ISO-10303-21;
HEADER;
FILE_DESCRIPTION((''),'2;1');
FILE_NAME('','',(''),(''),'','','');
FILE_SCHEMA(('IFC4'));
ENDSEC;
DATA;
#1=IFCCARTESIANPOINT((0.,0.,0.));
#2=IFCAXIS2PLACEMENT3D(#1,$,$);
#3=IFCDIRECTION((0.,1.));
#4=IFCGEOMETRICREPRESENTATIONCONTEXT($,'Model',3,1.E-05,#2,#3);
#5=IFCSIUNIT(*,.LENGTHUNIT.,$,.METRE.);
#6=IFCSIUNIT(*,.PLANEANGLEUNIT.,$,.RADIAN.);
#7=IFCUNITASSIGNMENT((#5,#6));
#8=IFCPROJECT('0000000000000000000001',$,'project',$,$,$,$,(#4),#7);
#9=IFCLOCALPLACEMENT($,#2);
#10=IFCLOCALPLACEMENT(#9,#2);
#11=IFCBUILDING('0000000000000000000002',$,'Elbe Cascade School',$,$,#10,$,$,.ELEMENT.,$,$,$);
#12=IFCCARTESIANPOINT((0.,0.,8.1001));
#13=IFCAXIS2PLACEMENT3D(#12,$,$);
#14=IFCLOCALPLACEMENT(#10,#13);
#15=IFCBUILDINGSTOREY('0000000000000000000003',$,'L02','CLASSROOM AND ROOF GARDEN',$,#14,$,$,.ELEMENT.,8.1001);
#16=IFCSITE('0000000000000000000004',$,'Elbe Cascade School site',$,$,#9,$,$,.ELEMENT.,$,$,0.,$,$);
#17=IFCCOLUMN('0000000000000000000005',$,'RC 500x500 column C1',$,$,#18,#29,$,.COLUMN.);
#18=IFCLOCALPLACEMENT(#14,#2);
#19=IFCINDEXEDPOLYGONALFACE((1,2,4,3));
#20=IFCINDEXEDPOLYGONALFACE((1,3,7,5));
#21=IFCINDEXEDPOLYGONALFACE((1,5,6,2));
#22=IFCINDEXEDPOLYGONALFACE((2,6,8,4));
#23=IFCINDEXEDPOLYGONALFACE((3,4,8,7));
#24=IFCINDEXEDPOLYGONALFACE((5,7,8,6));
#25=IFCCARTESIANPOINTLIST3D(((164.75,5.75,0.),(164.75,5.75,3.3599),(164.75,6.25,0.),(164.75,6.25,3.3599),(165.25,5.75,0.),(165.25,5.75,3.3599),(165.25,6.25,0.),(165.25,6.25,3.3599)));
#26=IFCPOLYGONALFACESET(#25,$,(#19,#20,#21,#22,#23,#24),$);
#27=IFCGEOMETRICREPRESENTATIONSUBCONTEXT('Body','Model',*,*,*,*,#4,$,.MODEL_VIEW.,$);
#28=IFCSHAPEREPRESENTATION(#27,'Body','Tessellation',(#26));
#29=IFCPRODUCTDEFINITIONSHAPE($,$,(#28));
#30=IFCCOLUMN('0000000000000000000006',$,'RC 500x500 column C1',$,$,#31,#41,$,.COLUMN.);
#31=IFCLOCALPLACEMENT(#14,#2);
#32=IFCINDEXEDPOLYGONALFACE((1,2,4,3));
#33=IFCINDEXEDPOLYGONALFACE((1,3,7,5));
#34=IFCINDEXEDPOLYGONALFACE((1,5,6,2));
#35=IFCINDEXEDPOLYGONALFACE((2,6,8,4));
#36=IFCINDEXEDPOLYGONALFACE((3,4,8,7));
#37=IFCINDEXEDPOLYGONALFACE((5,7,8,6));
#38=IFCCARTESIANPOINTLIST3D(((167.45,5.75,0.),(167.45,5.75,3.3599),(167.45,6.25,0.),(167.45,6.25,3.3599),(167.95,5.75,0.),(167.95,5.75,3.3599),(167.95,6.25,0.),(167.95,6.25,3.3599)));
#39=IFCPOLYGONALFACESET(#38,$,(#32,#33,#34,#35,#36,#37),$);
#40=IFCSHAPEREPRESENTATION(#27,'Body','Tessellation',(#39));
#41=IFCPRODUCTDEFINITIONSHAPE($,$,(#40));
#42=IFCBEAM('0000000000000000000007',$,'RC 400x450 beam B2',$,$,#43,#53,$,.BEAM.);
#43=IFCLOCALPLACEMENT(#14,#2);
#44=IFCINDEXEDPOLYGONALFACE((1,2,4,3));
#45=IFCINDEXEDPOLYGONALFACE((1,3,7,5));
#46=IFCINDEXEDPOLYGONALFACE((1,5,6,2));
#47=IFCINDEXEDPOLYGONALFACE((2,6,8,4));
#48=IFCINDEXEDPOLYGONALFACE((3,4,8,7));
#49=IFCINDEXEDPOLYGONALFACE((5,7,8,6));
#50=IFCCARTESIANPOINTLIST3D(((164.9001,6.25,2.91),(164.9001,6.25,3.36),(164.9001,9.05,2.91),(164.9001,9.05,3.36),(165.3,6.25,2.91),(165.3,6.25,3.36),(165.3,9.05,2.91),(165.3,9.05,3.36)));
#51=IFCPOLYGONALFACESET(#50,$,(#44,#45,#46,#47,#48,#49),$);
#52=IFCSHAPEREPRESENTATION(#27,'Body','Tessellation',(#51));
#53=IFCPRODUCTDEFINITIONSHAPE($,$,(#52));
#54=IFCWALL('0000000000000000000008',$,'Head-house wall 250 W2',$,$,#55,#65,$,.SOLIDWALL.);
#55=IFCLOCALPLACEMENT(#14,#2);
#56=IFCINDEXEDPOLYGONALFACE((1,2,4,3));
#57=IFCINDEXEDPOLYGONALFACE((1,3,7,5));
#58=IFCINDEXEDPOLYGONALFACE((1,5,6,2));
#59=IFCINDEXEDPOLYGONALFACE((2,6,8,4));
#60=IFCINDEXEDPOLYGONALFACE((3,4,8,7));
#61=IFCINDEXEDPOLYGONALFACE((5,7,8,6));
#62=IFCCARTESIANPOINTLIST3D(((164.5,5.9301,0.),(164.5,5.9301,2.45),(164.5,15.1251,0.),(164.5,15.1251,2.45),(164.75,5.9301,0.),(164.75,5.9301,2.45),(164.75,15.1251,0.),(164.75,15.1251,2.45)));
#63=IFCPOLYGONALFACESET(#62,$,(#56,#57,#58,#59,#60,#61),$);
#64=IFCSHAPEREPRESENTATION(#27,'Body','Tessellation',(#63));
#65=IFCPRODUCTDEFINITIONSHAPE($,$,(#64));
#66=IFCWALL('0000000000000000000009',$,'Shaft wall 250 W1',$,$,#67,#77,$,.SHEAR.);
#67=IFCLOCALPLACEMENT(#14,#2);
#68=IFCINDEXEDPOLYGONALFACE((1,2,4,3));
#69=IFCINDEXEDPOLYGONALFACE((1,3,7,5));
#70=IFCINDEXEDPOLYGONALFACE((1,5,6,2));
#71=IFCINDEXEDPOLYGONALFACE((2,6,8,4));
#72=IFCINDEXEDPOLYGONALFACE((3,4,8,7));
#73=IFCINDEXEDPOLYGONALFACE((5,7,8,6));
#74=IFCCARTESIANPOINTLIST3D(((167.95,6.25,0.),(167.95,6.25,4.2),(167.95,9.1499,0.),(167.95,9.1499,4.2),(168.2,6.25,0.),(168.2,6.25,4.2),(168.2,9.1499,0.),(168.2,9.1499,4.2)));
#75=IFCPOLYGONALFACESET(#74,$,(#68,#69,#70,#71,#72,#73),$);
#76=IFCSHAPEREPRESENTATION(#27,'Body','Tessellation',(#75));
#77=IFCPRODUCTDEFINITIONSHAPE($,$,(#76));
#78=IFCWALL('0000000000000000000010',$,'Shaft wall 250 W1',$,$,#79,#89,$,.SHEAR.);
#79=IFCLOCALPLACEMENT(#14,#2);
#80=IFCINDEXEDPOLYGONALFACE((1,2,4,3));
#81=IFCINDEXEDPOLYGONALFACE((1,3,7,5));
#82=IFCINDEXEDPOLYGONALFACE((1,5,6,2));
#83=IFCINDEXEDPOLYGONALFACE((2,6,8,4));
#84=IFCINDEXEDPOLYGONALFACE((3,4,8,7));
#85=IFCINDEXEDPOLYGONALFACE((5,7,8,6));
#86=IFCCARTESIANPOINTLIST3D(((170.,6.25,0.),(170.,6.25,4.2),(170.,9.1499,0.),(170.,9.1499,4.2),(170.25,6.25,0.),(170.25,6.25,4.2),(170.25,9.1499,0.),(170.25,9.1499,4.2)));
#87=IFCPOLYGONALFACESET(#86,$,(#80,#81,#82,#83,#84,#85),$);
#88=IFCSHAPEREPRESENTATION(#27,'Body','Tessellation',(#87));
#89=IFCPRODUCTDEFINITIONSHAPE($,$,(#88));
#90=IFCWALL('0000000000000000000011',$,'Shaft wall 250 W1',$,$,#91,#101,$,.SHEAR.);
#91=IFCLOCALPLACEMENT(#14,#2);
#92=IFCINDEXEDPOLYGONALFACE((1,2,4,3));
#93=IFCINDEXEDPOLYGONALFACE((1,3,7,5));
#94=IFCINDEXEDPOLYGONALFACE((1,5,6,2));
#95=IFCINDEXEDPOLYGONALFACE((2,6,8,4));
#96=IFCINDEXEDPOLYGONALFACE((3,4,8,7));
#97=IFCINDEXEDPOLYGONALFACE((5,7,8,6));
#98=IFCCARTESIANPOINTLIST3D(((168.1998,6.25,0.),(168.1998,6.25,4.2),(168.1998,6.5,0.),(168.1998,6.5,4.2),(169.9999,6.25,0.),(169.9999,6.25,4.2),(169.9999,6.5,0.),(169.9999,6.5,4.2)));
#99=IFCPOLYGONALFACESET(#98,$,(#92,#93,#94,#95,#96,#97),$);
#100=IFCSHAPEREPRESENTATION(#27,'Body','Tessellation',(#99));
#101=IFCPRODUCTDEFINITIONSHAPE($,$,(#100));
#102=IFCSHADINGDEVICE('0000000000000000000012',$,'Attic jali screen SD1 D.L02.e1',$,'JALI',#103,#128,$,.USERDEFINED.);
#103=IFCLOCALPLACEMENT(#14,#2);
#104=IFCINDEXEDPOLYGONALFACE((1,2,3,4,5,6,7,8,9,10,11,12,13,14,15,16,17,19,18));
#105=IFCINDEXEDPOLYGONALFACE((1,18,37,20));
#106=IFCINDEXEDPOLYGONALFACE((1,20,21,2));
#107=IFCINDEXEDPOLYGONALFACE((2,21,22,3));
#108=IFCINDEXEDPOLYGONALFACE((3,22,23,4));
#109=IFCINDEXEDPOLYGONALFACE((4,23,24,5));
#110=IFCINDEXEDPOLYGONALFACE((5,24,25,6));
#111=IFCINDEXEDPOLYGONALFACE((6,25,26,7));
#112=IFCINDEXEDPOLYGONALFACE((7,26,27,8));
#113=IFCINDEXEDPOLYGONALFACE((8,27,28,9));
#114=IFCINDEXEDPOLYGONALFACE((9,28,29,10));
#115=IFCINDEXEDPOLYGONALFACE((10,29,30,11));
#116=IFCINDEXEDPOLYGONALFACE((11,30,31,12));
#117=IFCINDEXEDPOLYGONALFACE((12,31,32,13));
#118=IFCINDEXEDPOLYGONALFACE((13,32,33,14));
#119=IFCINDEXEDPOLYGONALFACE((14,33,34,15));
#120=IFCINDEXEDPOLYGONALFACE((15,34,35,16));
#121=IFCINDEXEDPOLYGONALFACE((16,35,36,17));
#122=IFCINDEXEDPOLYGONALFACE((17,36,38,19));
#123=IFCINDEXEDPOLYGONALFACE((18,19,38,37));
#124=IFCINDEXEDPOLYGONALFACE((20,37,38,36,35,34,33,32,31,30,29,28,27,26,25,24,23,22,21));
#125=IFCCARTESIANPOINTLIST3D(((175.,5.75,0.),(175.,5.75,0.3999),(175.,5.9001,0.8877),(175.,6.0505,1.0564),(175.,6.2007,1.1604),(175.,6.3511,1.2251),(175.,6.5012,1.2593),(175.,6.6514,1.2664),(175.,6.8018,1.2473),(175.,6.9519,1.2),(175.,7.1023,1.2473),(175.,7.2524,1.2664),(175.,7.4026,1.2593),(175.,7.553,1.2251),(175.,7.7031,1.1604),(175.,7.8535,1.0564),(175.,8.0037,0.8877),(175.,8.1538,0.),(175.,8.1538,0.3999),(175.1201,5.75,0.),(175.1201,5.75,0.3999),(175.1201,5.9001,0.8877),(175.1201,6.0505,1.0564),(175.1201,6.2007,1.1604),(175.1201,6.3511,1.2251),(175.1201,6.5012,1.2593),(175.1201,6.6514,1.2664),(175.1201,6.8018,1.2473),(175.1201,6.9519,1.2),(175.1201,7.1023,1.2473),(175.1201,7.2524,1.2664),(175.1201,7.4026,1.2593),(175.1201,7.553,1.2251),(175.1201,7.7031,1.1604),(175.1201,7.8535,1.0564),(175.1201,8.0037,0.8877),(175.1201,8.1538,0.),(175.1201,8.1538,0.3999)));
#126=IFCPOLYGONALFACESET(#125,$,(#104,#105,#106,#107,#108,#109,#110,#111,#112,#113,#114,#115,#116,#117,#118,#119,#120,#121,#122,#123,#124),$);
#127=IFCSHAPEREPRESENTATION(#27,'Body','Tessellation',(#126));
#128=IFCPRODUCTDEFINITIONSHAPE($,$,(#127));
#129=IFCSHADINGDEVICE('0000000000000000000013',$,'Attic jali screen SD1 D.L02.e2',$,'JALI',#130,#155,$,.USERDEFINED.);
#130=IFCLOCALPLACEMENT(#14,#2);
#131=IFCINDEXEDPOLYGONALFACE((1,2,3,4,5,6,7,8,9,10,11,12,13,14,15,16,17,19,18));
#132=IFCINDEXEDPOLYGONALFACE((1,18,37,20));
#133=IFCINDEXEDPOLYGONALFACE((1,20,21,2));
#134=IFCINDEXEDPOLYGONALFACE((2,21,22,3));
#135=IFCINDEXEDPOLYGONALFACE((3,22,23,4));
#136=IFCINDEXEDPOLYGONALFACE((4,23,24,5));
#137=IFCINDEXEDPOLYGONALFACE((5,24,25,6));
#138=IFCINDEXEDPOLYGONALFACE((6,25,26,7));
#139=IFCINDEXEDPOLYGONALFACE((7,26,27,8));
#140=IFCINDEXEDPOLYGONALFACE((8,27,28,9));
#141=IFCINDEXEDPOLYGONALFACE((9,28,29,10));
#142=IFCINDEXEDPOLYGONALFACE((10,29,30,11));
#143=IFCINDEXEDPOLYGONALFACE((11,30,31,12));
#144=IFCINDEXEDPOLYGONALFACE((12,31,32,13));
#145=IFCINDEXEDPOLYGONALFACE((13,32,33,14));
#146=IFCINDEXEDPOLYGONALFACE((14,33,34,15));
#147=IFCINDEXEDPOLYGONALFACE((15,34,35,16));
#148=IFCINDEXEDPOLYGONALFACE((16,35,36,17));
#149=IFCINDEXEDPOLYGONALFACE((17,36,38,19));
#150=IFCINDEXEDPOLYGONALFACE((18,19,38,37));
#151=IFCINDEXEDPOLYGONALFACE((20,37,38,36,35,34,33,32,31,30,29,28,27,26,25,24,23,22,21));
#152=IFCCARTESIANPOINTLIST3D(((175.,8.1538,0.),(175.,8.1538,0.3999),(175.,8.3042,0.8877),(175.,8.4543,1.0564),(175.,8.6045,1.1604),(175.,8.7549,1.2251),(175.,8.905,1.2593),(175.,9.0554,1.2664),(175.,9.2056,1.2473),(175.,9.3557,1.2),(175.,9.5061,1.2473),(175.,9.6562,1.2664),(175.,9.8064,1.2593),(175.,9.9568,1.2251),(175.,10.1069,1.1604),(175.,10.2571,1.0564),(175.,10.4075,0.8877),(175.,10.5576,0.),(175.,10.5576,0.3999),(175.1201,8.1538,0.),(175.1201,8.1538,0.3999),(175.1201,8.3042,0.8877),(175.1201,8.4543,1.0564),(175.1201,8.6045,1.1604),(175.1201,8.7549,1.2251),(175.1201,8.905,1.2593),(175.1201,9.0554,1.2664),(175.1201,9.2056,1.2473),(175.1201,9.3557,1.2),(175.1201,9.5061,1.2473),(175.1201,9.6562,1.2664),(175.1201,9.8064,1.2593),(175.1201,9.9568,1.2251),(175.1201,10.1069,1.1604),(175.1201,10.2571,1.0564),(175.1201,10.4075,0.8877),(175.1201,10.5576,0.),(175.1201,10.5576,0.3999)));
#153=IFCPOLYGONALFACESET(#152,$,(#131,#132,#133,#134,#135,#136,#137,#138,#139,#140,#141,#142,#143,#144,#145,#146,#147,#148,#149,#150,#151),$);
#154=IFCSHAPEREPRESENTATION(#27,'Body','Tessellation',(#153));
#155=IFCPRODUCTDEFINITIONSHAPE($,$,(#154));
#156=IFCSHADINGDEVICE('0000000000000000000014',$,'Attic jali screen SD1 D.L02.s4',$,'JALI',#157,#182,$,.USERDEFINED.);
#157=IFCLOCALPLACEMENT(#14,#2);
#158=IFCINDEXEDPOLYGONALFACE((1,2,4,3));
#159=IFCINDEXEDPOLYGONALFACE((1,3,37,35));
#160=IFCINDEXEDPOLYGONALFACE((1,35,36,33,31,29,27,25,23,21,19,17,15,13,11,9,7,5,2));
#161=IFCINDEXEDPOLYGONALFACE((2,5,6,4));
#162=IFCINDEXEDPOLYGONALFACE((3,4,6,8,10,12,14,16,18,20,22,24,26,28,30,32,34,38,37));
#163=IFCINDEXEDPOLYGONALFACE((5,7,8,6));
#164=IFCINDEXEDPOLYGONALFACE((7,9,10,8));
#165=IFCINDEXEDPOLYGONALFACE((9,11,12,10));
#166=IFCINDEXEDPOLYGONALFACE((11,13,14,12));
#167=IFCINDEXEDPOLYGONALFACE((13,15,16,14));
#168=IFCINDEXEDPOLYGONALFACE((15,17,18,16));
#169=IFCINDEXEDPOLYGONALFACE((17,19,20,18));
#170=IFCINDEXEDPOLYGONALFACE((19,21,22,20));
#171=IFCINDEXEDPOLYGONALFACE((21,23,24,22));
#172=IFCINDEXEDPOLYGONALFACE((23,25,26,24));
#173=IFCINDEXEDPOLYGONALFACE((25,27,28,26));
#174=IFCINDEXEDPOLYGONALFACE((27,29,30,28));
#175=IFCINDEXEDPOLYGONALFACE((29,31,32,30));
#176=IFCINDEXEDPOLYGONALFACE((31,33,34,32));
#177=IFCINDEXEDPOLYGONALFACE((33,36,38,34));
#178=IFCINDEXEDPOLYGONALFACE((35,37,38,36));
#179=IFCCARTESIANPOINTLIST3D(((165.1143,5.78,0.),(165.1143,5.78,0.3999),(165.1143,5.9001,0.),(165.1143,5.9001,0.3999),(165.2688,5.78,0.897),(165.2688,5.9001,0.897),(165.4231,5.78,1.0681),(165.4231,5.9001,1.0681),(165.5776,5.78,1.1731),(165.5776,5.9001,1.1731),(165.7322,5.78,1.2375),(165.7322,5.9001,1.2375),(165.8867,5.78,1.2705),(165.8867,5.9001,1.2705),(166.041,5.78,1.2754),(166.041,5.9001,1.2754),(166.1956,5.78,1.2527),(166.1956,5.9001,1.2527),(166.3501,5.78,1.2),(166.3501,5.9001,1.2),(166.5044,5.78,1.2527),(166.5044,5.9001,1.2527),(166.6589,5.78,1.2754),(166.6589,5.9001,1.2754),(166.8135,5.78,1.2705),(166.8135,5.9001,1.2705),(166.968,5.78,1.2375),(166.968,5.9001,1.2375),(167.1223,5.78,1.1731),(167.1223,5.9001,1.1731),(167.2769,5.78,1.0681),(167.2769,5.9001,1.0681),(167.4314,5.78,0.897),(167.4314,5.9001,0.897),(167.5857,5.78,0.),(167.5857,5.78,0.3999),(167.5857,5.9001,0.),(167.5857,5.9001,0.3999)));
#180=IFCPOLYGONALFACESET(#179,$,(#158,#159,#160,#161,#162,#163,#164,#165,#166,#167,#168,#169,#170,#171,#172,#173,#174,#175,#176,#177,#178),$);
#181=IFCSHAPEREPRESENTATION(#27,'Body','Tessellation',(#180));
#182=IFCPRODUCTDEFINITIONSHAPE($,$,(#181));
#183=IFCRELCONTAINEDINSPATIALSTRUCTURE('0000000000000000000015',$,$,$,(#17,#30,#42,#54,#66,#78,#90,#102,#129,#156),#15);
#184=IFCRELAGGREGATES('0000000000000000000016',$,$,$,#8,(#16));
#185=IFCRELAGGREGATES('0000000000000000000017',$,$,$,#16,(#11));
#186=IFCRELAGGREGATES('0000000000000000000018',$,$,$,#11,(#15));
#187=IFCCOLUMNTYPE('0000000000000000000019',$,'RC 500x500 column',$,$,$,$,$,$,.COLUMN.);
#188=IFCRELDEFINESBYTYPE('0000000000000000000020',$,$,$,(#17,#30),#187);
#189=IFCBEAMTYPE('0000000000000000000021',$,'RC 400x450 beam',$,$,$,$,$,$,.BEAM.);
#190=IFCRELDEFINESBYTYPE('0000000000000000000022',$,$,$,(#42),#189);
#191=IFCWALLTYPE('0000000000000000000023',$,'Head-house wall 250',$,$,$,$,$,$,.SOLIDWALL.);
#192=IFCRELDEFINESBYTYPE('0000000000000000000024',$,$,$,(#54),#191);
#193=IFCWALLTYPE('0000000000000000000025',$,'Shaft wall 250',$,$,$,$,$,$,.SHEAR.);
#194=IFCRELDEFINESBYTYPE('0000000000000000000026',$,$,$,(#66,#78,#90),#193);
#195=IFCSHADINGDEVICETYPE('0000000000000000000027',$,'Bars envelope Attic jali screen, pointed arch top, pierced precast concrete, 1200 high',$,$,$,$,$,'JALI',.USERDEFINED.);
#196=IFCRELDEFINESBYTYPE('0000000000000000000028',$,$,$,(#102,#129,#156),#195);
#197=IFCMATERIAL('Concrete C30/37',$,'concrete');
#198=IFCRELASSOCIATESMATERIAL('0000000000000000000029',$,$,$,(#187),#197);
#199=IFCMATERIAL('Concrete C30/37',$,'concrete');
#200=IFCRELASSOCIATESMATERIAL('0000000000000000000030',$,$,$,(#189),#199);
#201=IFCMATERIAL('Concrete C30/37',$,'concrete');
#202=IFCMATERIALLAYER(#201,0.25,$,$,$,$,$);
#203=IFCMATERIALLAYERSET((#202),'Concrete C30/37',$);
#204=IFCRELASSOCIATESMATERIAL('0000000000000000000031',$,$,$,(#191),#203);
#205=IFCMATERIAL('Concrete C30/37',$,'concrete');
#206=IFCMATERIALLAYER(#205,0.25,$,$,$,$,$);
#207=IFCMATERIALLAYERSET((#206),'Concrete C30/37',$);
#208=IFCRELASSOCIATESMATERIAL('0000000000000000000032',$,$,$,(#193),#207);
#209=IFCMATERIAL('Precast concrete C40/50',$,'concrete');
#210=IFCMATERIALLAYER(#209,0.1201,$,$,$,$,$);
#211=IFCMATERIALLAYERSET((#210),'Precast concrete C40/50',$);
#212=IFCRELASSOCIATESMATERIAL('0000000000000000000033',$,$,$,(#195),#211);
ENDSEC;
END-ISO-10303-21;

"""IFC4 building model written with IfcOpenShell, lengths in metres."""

from ifc_helpers import new_model, si_unit, direction, frame, frame_2d, origin, origin_2d, place, context, subcontext, project, spatial, polyline, rectangle, outline, extrude, material, layer, layer_set, material_profile, profile_set, type_object, element, save


model = new_model("IFC4")

# Units and contexts
model_context = context("Model", 3, precision=1e-05, world=origin(), true_north=direction((0.0, 1.0)))
body_context = subcontext(model_context, "Body", "Model", "MODEL_VIEW")
ifc_project = project(units=[si_unit("LENGTHUNIT", "METRE"), si_unit("PLANEANGLEUNIT", "RADIAN")], contexts=[model_context])

# Site, building, storey
site_placement = place(None, origin())
site = spatial("IfcSite", under=ifc_project, at=site_placement, Name="Elbe Cascade School site", CompositionType="ELEMENT", RefElevation=0.0)
building_placement = place(site_placement, origin())
building = spatial("IfcBuilding", under=site, at=building_placement, Name="Elbe Cascade School", CompositionType="ELEMENT")
storey_placement = place(building_placement, frame((0.0, 0.0, 8.1001)))
storey = spatial("IfcBuildingStorey", under=building, at=storey_placement, Name="L02", Description="CLASSROOM AND ROOF GARDEN", CompositionType="ELEMENT", Elevation=8.1001)

# Columns
ifc_material_1 = material(Name="Concrete C30/37", Category="concrete")
ifc_material_profile_1 = material_profile(ifc_material_1, rectangle(XDim=0.5, YDim=0.5, at=origin_2d()), Name="RC 500x500")
ifc_profile_set_1 = profile_set([ifc_material_profile_1], Name="Concrete C30/37")
column_type = type_object("IfcColumnType", Name="RC 500x500 column", PredefinedType="COLUMN", material=ifc_profile_set_1)
for number, where, z_axis, x_axis, name in (
    (1, (165.0, 6.0, 0.0), (0.0, 0.0, 1.0), (1.0, 0.0, 0.0), "RC 500x500 column C1"),
    (2, (167.7, 6.0, 0.0), (0.0, 0.0, 1.0), (1.0, 0.0, 0.0), "RC 500x500 column C1"),
):
    element("IfcColumn", number, at=place(storey_placement, frame(where, z_axis=z_axis, x_axis=x_axis)), inside=storey, type_object=column_type, Name=name, PredefinedType="COLUMN", context=body_context, shape_type="SweptSolid", body=[
        extrude(rectangle(XDim=0.5, YDim=0.5, at=origin_2d()), origin(), (0.0, 0.0, 1.0), 3.3599),
    ])

# Beam
ifc_material_2 = material(Name="Concrete C30/37", Category="concrete")
ifc_material_profile_2 = material_profile(ifc_material_2, rectangle(XDim=0.3999, YDim=0.45, at=origin_2d()), Name="RC 400x450")
ifc_profile_set_2 = profile_set([ifc_material_profile_2], Name="Concrete C30/37")
beam_type = type_object("IfcBeamType", Name="RC 400x450 beam", PredefinedType="BEAM", material=ifc_profile_set_2)
beam_placement = place(storey_placement, frame((165.1001, 6.25, 3.135), z_axis=(0.0, 1.0, 0.0), x_axis=(-1.0, 0.0, 0.0)))
element("IfcBeam", 3, at=beam_placement, inside=storey, type_object=beam_type, Name="RC 400x450 beam B2", PredefinedType="BEAM", context=body_context, shape_type="SweptSolid", body=[
    extrude(rectangle(XDim=0.3999, YDim=0.45, at=origin_2d()), origin(), (0.0, 0.0, 1.0), 2.8),
])

# Walls
ifc_material_3 = material(Name="Concrete C30/37", Category="concrete")
ifc_layer_1 = layer(ifc_material_3, 0.25)
ifc_layer_set_1 = layer_set([ifc_layer_1], Name="Concrete C30/37")
wall_type_1 = type_object("IfcWallType", Name="Head-house wall 250", PredefinedType="SOLIDWALL", material=ifc_layer_set_1)
wall_1_placement = place(storey_placement, frame((164.625, 5.9299, 0.0), z_axis=(0.0, 0.0, 1.0), x_axis=(0.0, 1.0, 0.0)))
element("IfcWall", 4, at=wall_1_placement, inside=storey, type_object=wall_type_1, Name="Head-house wall 250 W2", PredefinedType="SOLIDWALL", context=body_context, shape_type="SweptSolid", body=[
    extrude(rectangle(XDim=9.1951, YDim=0.25, at=frame_2d((4.5977, 0.0))), origin(), (0.0, 0.0, 1.0), 2.45),
])
ifc_material_4 = material(Name="Concrete C30/37", Category="concrete")
ifc_layer_2 = layer(ifc_material_4, 0.25)
ifc_layer_set_2 = layer_set([ifc_layer_2], Name="Concrete C30/37")
wall_type_2 = type_object("IfcWallType", Name="Shaft wall 250", PredefinedType="SHEAR", material=ifc_layer_set_2)
for number, where, z_axis, x_axis, name in (
    (5, (168.075, 6.25, 0.0), (0.0, 0.0, 1.0), (0.0, 1.0, 0.0), "Shaft wall 250 W1"),
    (6, (170.125, 6.25, 0.0), (0.0, 0.0, 1.0), (0.0, 1.0, 0.0), "Shaft wall 250 W1"),
):
    element("IfcWall", number, at=place(storey_placement, frame(where, z_axis=z_axis, x_axis=x_axis)), inside=storey, type_object=wall_type_2, Name=name, PredefinedType="SHEAR", context=body_context, shape_type="SweptSolid", body=[
        extrude(rectangle(XDim=2.8999, YDim=0.25, at=frame_2d((1.45, 0.0))), origin(), (0.0, 0.0, 1.0), 4.2),
    ])
wall_2_placement = place(storey_placement, frame((168.2, 6.375, 0.0), z_axis=(0.0, 0.0, 1.0), x_axis=(1.0, 0.0, 0.0)))
element("IfcWall", 7, at=wall_2_placement, inside=storey, type_object=wall_type_2, Name="Shaft wall 250 W1", PredefinedType="SHEAR", context=body_context, shape_type="SweptSolid", body=[
    extrude(rectangle(XDim=1.8, YDim=0.25, at=frame_2d((0.8999, 0.0))), origin(), (0.0, 0.0, 1.0), 4.2),
])

# Shading devices
ifc_material_5 = material(Name="Precast concrete C40/50", Category="concrete")
ifc_layer_3 = layer(ifc_material_5, 0.1201)
ifc_layer_set_3 = layer_set([ifc_layer_3], Name="Precast concrete C40/50")
shading_device_type = type_object("IfcShadingDeviceType", Name="Bars envelope Attic jali screen, pointed arch top, pierced precast concrete, 1200 high", ElementType="JALI", PredefinedType="USERDEFINED", material=ifc_layer_set_3)
shading_device_1_placement = place(storey_placement, frame((175.1201, 5.75, 0.0), z_axis=(1.0, 0.0, 0.0), x_axis=(0.0, 1.0, 0.0)))
element("IfcShadingDevice", 8, at=shading_device_1_placement, inside=storey, type_object=shading_device_type, Name="Attic jali screen SD1 D.L02.e1", ObjectType="JALI", PredefinedType="USERDEFINED", context=body_context, shape_type="SweptSolid", body=[
    extrude(outline(polyline([(0.0, 0.0), (2.4038, 0.0), (2.4038, 0.3999), (2.2537, 0.8877), (2.1035, 1.0564), (1.9531, 1.1604), (1.803, 1.2251), (1.6526, 1.2593), (1.5024, 1.2664), (1.3523, 1.2473), (1.2019, 1.2), (1.0518, 1.2473), (0.9014, 1.2664), (0.7512, 1.2593), (0.6011, 1.2251), (0.4507, 1.1604), (0.3005, 1.0564), (0.1501, 0.8877), (0.0, 0.3999), (0.0, 0.0)])), origin(), (0.0, 0.0, -1.0), 0.1201),
])
shading_device_2_placement = place(storey_placement, frame((175.1201, 8.1538, 0.0), z_axis=(1.0, 0.0, 0.0), x_axis=(0.0, 1.0, 0.0)))
element("IfcShadingDevice", 9, at=shading_device_2_placement, inside=storey, type_object=shading_device_type, Name="Attic jali screen SD1 D.L02.e2", ObjectType="JALI", PredefinedType="USERDEFINED", context=body_context, shape_type="SweptSolid", body=[
    extrude(outline(polyline([(0.0, 0.0), (2.4038, 0.0), (2.4038, 0.3999), (2.2537, 0.8877), (2.1033, 1.0564), (1.9531, 1.1604), (1.803, 1.2251), (1.6526, 1.2593), (1.5024, 1.2664), (1.3523, 1.2473), (1.2019, 1.2), (1.0518, 1.2473), (0.9016, 1.2664), (0.7512, 1.2593), (0.6011, 1.2251), (0.4507, 1.1604), (0.3005, 1.0564), (0.1504, 0.8877), (0.0, 0.3999), (0.0, 0.0)])), origin(), (0.0, 0.0, -1.0), 0.1201),
])
shading_device_3_placement = place(storey_placement, frame((165.1143, 5.78, 0.0), z_axis=(0.0, -1.0, 0.0), x_axis=(1.0, 0.0, 0.0)))
element("IfcShadingDevice", 10, at=shading_device_3_placement, inside=storey, type_object=shading_device_type, Name="Attic jali screen SD1 D.L02.s4", ObjectType="JALI", PredefinedType="USERDEFINED", context=body_context, shape_type="SweptSolid", body=[
    extrude(outline(polyline([(0.0, 0.0), (2.4714, 0.0), (2.4714, 0.3999), (2.3171, 0.897), (2.1626, 1.0681), (2.0081, 1.1731), (1.8538, 1.2375), (1.6992, 1.2705), (1.5447, 1.2754), (1.3901, 1.2527), (1.2358, 1.2), (1.0813, 1.2527), (0.9268, 1.2754), (0.7725, 1.2705), (0.6179, 1.2375), (0.4634, 1.1731), (0.3088, 1.0681), (0.1545, 0.897), (0.0, 0.3999), (0.0, 0.0)])), origin(), (0.0, 0.0, -1.0), 0.1201),
])

save(model, "model.ifc")
